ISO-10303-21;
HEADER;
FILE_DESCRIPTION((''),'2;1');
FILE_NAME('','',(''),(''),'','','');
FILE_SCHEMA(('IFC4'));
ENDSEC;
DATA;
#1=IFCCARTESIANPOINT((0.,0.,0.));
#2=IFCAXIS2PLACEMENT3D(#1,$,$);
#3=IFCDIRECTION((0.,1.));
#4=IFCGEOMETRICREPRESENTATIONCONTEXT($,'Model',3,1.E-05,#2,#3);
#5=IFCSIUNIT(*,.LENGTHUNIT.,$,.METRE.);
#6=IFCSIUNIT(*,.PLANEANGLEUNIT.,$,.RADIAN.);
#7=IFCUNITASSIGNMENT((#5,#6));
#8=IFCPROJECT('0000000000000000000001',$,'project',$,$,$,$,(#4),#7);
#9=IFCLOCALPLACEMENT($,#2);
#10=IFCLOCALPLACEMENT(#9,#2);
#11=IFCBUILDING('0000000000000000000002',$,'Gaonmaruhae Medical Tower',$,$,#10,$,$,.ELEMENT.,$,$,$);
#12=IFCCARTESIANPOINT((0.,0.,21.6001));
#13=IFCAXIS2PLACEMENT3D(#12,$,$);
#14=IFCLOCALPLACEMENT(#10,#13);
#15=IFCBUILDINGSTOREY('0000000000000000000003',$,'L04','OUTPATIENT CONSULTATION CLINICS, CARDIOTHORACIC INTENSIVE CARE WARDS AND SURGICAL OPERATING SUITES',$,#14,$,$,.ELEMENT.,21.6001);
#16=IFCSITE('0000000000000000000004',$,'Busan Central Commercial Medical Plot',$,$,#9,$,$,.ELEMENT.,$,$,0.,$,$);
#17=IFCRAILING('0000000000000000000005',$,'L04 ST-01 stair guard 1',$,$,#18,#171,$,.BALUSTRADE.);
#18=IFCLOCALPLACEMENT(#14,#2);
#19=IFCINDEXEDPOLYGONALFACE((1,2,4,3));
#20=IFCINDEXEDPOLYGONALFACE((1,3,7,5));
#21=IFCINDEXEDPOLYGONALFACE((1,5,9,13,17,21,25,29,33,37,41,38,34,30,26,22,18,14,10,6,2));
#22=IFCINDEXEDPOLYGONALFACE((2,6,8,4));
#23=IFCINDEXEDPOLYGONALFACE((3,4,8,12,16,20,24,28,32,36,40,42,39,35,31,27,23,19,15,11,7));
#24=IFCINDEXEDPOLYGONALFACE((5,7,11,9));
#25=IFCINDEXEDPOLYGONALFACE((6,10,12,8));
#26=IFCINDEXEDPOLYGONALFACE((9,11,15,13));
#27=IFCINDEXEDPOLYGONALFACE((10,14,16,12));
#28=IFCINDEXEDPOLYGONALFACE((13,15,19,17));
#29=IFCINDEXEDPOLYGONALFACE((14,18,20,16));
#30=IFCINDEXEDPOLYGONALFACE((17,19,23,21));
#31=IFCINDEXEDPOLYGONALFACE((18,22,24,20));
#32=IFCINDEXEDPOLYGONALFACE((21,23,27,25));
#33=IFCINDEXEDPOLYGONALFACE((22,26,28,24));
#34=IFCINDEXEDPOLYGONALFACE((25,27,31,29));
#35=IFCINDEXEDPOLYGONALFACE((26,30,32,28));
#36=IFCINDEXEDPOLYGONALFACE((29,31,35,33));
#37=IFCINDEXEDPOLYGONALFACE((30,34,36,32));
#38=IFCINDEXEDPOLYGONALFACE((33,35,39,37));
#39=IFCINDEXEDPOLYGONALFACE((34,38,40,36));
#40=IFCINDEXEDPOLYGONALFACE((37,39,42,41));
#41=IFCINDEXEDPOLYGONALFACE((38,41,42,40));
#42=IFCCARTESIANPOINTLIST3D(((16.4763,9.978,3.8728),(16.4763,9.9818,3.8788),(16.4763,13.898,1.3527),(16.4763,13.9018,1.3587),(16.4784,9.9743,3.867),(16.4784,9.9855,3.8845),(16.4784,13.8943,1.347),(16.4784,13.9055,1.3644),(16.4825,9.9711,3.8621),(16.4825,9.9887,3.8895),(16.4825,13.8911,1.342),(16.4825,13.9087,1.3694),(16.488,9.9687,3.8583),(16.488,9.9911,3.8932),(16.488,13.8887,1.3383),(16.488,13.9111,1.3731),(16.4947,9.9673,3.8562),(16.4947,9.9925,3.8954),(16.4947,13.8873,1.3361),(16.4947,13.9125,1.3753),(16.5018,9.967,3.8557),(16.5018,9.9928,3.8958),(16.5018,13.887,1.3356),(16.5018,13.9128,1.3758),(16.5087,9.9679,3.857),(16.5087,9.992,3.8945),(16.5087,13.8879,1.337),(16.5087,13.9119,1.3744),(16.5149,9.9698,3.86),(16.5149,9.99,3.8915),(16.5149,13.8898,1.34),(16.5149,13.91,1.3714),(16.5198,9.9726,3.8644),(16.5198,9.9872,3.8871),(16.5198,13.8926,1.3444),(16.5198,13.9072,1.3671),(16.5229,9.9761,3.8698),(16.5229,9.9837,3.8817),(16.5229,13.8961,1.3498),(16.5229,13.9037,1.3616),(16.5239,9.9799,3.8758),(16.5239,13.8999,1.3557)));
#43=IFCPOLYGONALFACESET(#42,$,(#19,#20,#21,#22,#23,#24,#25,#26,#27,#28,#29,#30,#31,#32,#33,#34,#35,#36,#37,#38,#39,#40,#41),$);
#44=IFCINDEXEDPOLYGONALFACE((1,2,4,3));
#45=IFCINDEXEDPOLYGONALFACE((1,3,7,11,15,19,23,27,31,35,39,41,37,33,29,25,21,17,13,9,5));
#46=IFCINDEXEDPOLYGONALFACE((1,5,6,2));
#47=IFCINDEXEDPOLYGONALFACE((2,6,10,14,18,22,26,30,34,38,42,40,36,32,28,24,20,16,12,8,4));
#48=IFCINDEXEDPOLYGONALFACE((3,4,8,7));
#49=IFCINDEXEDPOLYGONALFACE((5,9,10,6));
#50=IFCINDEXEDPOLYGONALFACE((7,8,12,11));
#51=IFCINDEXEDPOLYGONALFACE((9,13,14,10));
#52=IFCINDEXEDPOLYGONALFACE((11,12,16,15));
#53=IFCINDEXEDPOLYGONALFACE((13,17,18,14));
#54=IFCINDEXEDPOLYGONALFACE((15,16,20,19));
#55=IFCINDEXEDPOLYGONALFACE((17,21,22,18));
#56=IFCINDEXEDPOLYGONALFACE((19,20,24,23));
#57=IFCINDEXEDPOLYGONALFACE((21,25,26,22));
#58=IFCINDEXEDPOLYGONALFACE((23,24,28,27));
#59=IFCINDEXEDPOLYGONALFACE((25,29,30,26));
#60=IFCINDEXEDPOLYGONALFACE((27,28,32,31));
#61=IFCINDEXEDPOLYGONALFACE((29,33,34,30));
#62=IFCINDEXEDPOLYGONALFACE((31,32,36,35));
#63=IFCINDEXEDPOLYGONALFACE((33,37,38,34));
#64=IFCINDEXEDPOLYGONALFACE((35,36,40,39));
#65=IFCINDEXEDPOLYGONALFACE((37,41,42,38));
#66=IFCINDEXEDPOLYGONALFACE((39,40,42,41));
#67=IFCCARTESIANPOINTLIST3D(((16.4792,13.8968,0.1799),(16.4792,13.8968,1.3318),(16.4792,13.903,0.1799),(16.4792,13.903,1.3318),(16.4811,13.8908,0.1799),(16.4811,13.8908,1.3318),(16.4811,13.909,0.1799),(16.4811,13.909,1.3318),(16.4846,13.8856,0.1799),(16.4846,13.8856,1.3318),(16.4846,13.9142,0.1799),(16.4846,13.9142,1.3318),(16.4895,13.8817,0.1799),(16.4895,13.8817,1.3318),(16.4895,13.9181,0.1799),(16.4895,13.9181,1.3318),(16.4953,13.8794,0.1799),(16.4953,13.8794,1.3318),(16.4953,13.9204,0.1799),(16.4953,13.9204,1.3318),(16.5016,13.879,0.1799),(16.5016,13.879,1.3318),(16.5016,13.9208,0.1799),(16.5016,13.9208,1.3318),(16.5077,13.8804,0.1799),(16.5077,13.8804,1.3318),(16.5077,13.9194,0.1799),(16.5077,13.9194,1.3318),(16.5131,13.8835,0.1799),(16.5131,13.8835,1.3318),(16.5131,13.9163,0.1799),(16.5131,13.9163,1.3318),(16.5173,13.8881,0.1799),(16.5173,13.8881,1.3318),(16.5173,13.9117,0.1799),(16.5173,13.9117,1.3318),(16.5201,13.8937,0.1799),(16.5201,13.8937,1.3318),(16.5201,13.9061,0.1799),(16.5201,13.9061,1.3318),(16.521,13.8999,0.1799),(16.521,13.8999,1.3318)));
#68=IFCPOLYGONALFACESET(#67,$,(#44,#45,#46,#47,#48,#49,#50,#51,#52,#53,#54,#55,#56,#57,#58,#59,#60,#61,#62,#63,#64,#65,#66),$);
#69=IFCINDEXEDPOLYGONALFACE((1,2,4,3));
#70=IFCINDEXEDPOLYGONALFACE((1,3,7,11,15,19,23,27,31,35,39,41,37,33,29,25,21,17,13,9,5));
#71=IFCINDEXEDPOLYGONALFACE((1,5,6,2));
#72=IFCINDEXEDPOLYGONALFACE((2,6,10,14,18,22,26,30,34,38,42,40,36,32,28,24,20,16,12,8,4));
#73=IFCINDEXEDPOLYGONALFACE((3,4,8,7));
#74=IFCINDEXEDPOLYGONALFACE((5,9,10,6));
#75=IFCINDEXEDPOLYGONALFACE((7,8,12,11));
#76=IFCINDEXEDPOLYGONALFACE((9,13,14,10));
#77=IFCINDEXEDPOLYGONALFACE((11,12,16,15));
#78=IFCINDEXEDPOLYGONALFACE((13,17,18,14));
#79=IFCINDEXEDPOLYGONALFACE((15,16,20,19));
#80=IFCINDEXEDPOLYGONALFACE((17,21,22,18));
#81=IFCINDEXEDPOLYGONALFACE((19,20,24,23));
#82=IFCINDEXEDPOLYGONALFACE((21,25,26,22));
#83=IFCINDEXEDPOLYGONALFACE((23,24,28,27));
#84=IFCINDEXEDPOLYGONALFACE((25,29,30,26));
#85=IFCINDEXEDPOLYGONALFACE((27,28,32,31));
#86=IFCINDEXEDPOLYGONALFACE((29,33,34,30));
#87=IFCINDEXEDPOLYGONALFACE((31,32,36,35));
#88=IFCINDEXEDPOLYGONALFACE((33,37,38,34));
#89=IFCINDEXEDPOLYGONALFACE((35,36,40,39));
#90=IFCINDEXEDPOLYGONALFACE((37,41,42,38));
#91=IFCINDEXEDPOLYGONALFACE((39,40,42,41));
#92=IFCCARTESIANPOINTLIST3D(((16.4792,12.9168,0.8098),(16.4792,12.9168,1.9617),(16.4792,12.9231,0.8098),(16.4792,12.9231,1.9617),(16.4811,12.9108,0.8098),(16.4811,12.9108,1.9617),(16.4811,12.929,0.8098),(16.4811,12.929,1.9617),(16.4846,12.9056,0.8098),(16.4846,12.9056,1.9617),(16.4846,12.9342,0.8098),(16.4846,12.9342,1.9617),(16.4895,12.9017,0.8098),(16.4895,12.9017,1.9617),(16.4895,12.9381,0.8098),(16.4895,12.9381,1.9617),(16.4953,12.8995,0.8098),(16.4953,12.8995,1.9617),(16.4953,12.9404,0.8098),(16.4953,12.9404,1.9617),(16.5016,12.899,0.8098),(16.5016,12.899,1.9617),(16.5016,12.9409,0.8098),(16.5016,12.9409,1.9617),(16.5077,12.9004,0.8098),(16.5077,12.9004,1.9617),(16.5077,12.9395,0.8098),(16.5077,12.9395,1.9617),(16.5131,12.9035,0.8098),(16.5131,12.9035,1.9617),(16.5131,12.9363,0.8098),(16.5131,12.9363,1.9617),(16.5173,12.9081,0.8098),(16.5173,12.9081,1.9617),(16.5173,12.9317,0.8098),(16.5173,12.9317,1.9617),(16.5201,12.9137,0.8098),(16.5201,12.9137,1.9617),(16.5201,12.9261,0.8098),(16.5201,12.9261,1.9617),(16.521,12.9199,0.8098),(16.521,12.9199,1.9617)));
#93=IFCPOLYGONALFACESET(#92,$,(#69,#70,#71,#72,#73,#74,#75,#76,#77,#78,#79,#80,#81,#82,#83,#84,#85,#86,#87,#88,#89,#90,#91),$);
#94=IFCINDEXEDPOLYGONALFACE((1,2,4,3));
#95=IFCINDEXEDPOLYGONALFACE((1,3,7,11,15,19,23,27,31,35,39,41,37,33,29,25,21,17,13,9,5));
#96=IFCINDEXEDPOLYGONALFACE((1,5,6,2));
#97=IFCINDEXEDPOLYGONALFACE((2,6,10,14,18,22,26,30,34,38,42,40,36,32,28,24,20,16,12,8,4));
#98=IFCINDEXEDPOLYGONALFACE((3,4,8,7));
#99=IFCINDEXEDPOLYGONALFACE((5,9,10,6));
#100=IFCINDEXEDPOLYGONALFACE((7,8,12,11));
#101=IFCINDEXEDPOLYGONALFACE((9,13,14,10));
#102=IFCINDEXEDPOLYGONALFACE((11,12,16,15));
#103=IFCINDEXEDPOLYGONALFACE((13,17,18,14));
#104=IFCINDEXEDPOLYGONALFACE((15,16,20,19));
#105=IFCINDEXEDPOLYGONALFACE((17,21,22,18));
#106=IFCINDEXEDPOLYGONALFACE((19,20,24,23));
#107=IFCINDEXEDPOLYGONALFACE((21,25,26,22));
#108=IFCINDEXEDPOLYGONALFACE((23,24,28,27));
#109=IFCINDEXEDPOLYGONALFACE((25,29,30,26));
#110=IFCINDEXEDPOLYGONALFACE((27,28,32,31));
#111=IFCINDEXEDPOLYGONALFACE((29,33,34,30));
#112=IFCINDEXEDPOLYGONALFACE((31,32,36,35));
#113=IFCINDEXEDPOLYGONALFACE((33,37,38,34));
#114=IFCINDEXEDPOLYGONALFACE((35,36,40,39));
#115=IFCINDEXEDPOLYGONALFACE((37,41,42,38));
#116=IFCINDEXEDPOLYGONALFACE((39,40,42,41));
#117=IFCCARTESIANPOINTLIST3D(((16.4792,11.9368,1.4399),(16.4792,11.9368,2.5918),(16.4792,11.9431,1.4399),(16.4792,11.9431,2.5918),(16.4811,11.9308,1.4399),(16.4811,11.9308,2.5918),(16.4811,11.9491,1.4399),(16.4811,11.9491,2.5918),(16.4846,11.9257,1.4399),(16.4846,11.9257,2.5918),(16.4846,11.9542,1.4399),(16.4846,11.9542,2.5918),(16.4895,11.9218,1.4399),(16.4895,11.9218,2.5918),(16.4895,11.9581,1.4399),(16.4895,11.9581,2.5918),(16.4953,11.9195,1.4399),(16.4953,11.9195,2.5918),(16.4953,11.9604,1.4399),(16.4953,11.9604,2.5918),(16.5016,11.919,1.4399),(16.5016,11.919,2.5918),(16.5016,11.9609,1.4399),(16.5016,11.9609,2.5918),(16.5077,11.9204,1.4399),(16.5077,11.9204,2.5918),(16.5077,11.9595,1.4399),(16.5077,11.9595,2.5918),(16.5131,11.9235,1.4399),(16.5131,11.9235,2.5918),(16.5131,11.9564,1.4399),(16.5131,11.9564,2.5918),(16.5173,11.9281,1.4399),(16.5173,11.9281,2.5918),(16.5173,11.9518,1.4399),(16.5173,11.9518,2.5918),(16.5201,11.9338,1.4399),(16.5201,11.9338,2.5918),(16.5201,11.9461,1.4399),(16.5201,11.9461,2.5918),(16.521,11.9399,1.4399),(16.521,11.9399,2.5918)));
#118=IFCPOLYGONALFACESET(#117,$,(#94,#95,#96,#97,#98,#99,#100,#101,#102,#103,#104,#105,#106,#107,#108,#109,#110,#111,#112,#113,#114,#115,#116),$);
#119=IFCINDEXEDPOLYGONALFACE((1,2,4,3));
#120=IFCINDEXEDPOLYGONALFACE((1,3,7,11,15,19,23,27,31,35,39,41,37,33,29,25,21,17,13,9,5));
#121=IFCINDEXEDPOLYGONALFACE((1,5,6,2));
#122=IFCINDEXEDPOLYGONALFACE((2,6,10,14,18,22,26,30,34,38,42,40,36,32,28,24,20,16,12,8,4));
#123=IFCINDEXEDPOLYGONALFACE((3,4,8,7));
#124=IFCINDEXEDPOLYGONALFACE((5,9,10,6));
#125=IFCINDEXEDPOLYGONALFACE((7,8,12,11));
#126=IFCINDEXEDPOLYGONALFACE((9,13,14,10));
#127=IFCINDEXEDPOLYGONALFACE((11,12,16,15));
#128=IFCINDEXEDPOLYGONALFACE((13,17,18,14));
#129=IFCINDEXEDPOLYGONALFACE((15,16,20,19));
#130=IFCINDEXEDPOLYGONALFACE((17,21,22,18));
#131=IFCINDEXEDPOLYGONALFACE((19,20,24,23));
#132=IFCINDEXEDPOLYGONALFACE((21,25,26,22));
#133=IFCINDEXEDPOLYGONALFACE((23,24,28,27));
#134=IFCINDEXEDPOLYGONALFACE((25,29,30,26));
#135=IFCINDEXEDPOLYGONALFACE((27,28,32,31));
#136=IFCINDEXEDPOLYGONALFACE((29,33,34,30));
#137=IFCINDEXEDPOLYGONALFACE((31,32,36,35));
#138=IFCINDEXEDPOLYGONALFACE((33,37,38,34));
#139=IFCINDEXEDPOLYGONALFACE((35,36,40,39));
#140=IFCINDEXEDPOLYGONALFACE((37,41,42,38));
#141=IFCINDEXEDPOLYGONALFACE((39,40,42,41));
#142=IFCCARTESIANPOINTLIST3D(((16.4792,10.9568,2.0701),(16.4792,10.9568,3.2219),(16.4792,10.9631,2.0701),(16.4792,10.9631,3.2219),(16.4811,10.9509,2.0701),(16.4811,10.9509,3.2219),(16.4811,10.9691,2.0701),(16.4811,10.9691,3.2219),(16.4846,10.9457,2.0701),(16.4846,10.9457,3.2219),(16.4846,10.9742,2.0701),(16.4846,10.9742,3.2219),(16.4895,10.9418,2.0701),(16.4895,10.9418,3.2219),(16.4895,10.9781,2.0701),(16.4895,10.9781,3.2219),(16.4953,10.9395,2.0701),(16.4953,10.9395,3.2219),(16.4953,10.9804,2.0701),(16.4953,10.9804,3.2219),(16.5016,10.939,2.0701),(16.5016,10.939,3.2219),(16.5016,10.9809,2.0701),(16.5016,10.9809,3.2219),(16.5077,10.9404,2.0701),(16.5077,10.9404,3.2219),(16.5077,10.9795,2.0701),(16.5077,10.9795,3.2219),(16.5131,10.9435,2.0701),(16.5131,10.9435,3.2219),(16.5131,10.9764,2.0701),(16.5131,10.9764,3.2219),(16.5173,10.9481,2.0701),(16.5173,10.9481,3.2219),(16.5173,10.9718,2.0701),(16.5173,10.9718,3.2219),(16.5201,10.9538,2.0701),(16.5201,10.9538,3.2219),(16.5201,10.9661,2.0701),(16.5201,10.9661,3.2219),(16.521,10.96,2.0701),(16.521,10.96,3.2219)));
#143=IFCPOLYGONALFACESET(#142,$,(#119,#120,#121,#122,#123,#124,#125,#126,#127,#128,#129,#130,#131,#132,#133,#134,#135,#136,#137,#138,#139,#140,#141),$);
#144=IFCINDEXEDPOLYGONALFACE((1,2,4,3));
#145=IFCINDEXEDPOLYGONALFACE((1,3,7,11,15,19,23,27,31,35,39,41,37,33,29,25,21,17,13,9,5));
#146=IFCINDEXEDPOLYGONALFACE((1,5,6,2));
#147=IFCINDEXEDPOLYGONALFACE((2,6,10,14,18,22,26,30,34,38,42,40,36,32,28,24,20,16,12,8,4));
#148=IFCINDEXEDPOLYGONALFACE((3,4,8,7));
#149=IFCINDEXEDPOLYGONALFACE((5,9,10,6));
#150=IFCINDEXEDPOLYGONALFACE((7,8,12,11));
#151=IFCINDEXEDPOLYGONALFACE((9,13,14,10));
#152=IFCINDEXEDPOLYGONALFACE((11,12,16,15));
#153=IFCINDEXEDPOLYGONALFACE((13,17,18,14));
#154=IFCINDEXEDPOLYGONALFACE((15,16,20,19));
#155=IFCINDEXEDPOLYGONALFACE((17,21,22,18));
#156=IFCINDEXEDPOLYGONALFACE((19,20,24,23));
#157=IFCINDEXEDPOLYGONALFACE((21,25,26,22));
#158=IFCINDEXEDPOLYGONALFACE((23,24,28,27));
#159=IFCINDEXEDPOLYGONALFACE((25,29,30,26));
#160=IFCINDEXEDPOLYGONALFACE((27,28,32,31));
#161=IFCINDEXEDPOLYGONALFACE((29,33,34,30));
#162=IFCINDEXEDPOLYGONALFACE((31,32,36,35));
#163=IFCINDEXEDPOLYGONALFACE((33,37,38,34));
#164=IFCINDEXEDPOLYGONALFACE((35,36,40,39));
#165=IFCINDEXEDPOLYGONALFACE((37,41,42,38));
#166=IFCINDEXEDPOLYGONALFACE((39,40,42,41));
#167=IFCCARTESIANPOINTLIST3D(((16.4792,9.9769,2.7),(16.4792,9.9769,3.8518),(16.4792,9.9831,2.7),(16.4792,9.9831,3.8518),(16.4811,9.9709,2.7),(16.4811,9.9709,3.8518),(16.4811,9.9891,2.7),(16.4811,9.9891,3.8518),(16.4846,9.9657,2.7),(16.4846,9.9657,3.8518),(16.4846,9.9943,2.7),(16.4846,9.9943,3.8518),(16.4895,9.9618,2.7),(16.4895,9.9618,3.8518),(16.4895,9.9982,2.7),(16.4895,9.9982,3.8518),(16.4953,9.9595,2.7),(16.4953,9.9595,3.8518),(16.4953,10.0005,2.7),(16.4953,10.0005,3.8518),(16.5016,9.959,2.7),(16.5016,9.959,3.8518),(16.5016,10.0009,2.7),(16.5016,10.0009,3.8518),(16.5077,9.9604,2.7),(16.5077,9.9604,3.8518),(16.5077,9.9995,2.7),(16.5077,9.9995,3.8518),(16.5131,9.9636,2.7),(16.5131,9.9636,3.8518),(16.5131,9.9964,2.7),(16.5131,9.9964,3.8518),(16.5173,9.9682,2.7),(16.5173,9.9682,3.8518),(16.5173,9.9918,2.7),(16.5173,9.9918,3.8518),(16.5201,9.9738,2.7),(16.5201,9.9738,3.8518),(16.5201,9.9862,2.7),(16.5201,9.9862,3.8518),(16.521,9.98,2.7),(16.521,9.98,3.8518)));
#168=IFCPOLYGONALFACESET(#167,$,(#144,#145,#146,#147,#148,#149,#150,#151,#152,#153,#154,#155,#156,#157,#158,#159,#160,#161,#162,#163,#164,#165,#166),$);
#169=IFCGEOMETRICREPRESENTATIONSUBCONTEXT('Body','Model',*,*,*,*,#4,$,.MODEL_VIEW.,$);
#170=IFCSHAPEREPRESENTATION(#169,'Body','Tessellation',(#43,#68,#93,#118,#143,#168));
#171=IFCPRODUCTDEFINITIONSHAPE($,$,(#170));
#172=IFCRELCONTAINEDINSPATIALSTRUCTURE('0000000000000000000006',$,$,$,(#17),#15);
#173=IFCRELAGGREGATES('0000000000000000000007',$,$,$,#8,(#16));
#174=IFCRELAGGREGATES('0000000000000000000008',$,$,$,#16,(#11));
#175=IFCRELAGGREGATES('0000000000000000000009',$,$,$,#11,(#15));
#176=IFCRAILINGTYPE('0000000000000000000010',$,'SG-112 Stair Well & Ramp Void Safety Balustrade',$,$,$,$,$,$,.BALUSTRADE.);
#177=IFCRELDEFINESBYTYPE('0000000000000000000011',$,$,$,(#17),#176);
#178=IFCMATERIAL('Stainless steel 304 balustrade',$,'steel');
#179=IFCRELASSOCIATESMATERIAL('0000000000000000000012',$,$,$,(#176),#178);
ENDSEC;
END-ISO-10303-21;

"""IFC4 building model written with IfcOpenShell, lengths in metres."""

from ifc_helpers import new_model, si_unit, direction, frame, origin, origin_2d, place, context, subcontext, project, spatial, circle, extrude, material, type_object, element, save


model = new_model("IFC4")

# Units and contexts
model_context = context("Model", 3, precision=1e-05, world=origin(), true_north=direction((0.0, 1.0)))
body_context = subcontext(model_context, "Body", "Model", "MODEL_VIEW")
ifc_project = project(units=[si_unit("LENGTHUNIT", "METRE"), si_unit("PLANEANGLEUNIT", "RADIAN")], contexts=[model_context])

# Site, building, storey
site_placement = place(None, origin())
site = spatial("IfcSite", under=ifc_project, at=site_placement, Name="Busan Central Commercial Medical Plot", CompositionType="ELEMENT", RefElevation=0.0)
building_placement = place(site_placement, origin())
building = spatial("IfcBuilding", under=site, at=building_placement, Name="Gaonmaruhae Medical Tower", CompositionType="ELEMENT")
storey_placement = place(building_placement, frame((0.0, 0.0, 21.6001)))
storey = spatial("IfcBuildingStorey", under=building, at=storey_placement, Name="L04", Description="OUTPATIENT CONSULTATION CLINICS, CARDIOTHORACIC INTENSIVE CARE WARDS AND SURGICAL OPERATING SUITES", CompositionType="ELEMENT", Elevation=21.6001)

# Railing
ifc_material_1 = material(Name="Stainless steel 304 balustrade", Category="steel")
railing_type_1 = type_object("IfcRailingType", Name="SG-112 Stair Well & Ramp Void Safety Balustrade", PredefinedType="BALUSTRADE", material=ifc_material_1)
railing_1_placement = place(storey_placement, frame((16.5, 13.8999, 0.1799)))
element("IfcRailing", 1, at=railing_1_placement, inside=storey, type_object=railing_type_1, Name="L04 ST-01 stair guard 1", PredefinedType="BALUSTRADE", context=body_context, shape_type="SweptSolid", body=[
    extrude(circle(Radius=0.0239, at=origin_2d()), frame((0.0, 0.0, 1.1758), z_axis=(0.0, -0.841172, 0.540768), x_axis=(1.0, 0.0, 0.0)), (0.0, 0.0, 1.0), 4.6602),
    extrude(circle(Radius=0.021, at=origin_2d()), origin(), (0.0, 0.0, 1.0), 1.1519),
    extrude(circle(Radius=0.021, at=origin_2d()), frame((0.0, -0.98, 0.6299)), (0.0, 0.0, 1.0), 1.1519),
    extrude(circle(Radius=0.021, at=origin_2d()), frame((0.0, -1.96, 1.26)), (0.0, 0.0, 1.0), 1.1519),
    extrude(circle(Radius=0.021, at=origin_2d()), frame((0.0, -2.9399, 1.8901)), (0.0, 0.0, 1.0), 1.1519),
    extrude(circle(Radius=0.021, at=origin_2d()), frame((0.0, -3.9199, 2.52)), (0.0, 0.0, 1.0), 1.1519),
])

save(model, "model.ifc")
